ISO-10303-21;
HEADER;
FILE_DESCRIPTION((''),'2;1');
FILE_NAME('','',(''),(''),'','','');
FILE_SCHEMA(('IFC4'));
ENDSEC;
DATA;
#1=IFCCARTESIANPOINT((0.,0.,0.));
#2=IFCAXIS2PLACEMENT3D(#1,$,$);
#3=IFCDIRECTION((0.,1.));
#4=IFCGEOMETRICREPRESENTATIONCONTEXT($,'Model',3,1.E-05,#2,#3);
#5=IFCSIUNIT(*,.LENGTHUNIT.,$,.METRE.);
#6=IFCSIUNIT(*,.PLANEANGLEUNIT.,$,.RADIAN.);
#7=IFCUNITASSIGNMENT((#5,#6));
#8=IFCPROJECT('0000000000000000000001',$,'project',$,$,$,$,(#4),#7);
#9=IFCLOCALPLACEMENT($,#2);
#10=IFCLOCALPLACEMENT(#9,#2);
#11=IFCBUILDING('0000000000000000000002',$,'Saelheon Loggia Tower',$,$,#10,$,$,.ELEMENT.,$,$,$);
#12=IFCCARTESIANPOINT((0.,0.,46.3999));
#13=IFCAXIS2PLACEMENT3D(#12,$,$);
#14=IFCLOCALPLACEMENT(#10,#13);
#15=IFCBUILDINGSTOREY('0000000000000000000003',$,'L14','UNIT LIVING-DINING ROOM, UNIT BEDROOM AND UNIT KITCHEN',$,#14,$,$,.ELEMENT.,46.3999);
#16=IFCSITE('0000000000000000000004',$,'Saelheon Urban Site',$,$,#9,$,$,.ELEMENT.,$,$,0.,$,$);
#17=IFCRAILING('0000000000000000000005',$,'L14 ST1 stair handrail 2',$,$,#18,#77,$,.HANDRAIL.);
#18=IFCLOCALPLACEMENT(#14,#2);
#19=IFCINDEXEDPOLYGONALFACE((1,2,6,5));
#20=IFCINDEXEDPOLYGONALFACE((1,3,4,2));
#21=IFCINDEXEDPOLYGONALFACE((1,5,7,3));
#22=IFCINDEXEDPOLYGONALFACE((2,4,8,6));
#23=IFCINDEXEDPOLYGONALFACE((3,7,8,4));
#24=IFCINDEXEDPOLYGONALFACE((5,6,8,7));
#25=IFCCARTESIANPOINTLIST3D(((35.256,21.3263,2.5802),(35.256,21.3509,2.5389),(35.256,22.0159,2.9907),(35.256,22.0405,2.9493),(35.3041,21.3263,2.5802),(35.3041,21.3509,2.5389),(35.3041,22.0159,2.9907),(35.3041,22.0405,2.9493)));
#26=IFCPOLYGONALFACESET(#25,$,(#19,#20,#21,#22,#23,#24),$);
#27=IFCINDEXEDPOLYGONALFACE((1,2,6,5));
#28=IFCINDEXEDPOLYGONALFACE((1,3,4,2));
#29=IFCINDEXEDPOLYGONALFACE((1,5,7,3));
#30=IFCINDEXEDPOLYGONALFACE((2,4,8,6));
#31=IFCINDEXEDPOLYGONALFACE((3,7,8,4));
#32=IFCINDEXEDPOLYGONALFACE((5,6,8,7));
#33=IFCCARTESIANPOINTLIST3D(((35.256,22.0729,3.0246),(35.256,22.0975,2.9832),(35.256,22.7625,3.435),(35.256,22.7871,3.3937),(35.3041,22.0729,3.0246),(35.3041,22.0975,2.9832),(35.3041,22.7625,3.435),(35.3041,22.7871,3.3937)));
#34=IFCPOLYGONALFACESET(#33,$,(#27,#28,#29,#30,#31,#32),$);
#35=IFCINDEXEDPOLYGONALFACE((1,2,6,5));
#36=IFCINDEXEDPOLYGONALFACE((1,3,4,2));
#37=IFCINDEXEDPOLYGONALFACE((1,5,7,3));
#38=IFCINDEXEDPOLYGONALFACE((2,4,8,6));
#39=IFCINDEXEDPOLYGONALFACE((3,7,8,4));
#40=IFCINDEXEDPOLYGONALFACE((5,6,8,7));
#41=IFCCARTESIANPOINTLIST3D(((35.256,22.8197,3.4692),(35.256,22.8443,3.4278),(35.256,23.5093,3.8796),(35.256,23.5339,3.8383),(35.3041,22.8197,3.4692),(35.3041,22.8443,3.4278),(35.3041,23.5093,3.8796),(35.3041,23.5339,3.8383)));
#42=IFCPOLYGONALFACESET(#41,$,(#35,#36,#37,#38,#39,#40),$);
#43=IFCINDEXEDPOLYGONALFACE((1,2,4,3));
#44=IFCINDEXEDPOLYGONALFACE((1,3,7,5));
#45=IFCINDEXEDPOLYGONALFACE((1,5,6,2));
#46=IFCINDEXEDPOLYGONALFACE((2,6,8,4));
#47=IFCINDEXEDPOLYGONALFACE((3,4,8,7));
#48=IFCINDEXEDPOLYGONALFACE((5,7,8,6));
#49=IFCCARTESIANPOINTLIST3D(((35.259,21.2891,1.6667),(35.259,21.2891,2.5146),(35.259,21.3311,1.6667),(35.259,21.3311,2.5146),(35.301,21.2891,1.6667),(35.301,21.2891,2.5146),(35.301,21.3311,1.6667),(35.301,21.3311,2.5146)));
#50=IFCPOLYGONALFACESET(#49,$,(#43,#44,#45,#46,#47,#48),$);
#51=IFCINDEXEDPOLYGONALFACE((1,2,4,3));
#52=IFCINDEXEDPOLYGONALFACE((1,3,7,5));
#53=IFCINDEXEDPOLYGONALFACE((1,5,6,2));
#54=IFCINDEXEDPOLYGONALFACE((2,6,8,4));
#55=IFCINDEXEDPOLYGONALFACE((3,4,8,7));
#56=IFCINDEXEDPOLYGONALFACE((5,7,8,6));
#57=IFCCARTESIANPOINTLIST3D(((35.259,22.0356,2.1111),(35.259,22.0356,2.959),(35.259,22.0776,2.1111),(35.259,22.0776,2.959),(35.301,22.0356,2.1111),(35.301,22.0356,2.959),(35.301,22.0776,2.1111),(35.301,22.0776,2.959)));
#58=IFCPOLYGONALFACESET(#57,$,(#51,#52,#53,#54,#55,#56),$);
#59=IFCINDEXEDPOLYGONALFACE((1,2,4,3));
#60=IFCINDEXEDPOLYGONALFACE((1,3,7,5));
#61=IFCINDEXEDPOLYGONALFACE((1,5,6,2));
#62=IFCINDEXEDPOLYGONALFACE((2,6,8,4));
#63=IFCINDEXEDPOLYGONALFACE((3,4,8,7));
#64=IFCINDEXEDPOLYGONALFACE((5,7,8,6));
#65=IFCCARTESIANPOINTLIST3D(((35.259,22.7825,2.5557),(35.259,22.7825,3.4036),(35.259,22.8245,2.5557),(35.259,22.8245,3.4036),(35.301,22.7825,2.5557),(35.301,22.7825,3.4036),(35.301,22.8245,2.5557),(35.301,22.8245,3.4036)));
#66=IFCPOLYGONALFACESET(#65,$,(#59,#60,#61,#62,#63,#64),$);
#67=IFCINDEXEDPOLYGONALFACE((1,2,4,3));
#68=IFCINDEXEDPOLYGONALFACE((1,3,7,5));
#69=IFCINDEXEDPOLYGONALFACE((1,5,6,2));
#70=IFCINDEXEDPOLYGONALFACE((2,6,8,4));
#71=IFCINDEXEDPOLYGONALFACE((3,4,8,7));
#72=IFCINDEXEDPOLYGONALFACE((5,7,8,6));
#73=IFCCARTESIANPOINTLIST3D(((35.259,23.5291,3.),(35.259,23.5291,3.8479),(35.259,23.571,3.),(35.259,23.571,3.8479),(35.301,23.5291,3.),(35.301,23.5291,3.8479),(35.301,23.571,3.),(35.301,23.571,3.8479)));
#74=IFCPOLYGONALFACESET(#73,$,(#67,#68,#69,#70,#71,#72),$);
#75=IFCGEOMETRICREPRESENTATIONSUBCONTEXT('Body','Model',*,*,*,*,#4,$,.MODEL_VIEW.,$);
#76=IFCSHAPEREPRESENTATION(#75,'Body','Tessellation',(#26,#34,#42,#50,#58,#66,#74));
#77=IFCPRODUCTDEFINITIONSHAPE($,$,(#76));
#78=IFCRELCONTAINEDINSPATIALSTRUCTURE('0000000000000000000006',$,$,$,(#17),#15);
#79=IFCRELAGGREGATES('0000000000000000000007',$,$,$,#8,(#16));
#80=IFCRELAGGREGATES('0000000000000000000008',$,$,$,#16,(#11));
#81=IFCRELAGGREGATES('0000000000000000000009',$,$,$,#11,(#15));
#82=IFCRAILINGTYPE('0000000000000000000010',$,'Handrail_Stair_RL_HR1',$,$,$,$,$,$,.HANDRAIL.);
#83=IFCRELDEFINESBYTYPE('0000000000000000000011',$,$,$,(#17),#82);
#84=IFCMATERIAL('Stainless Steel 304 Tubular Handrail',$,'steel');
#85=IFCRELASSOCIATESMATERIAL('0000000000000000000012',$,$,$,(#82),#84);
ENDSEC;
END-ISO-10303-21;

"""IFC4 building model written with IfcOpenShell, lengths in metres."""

from ifc_helpers import new_model, si_unit, direction, frame, origin, origin_2d, place, context, subcontext, project, spatial, rectangle, extrude, material, type_object, element, save


model = new_model("IFC4")

# Units and contexts
model_context = context("Model", 3, precision=1e-05, world=origin(), true_north=direction((0.0, 1.0)))
body_context = subcontext(model_context, "Body", "Model", "MODEL_VIEW")
ifc_project = project(units=[si_unit("LENGTHUNIT", "METRE"), si_unit("PLANEANGLEUNIT", "RADIAN")], contexts=[model_context])

# Site, building, storey
site_placement = place(None, origin())
site = spatial("IfcSite", under=ifc_project, at=site_placement, Name="Saelheon Urban Site", CompositionType="ELEMENT", RefElevation=0.0)
building_placement = place(site_placement, origin())
building = spatial("IfcBuilding", under=site, at=building_placement, Name="Saelheon Loggia Tower", CompositionType="ELEMENT")
storey_placement = place(building_placement, frame((0.0, 0.0, 46.3999)))
storey = spatial("IfcBuildingStorey", under=building, at=storey_placement, Name="L14", Description="UNIT LIVING-DINING ROOM, UNIT BEDROOM AND UNIT KITCHEN", CompositionType="ELEMENT", Elevation=46.3999)

# Railing
ifc_material_1 = material(Name="Stainless Steel 304 Tubular Handrail", Category="steel")
railing_type_1 = type_object("IfcRailingType", Name="Handrail_Stair_RL_HR1", PredefinedType="HANDRAIL", material=ifc_material_1)
railing_1_placement = place(storey_placement, frame((35.28, 21.3101, 1.6667)))
element("IfcRailing", 1, at=railing_1_placement, inside=storey, type_object=railing_type_1, Name="L14 ST1 stair handrail 2", PredefinedType="HANDRAIL", context=body_context, shape_type="SweptSolid", body=[
    extrude(rectangle(XDim=0.0481, YDim=0.0481, at=origin_2d()), frame((0.0, 0.0286, 0.8928), z_axis=(0.0, 0.859306, 0.511462), x_axis=(-1.0, 0.0, 0.0)), (0.0, 0.0, 1.0), 0.8025),
    extrude(rectangle(XDim=0.0481, YDim=0.0481, at=origin_2d()), frame((0.0, 0.7751, 1.3372), z_axis=(0.0, 0.859306, 0.511462), x_axis=(-1.0, 0.0, 0.0)), (0.0, 0.0, 1.0), 0.8025),
    extrude(rectangle(XDim=0.0481, YDim=0.0481, at=origin_2d()), frame((0.0, 1.522, 1.7817), z_axis=(0.0, 0.859306, 0.511462), x_axis=(-1.0, 0.0, 0.0)), (0.0, 0.0, 1.0), 0.8025),
    extrude(rectangle(XDim=0.042, YDim=0.042, at=origin_2d()), origin(), (0.0, 0.0, 1.0), 0.8479),
    extrude(rectangle(XDim=0.042, YDim=0.042, at=origin_2d()), frame((0.0, 0.7466, 0.4443)), (0.0, 0.0, 1.0), 0.8479),
    extrude(rectangle(XDim=0.042, YDim=0.042, at=origin_2d()), frame((0.0, 1.4934, 0.8889)), (0.0, 0.0, 1.0), 0.8479),
    extrude(rectangle(XDim=0.042, YDim=0.042, at=origin_2d()), frame((0.0, 2.24, 1.3333)), (0.0, 0.0, 1.0), 0.8479),
])

save(model, "model.ifc")
